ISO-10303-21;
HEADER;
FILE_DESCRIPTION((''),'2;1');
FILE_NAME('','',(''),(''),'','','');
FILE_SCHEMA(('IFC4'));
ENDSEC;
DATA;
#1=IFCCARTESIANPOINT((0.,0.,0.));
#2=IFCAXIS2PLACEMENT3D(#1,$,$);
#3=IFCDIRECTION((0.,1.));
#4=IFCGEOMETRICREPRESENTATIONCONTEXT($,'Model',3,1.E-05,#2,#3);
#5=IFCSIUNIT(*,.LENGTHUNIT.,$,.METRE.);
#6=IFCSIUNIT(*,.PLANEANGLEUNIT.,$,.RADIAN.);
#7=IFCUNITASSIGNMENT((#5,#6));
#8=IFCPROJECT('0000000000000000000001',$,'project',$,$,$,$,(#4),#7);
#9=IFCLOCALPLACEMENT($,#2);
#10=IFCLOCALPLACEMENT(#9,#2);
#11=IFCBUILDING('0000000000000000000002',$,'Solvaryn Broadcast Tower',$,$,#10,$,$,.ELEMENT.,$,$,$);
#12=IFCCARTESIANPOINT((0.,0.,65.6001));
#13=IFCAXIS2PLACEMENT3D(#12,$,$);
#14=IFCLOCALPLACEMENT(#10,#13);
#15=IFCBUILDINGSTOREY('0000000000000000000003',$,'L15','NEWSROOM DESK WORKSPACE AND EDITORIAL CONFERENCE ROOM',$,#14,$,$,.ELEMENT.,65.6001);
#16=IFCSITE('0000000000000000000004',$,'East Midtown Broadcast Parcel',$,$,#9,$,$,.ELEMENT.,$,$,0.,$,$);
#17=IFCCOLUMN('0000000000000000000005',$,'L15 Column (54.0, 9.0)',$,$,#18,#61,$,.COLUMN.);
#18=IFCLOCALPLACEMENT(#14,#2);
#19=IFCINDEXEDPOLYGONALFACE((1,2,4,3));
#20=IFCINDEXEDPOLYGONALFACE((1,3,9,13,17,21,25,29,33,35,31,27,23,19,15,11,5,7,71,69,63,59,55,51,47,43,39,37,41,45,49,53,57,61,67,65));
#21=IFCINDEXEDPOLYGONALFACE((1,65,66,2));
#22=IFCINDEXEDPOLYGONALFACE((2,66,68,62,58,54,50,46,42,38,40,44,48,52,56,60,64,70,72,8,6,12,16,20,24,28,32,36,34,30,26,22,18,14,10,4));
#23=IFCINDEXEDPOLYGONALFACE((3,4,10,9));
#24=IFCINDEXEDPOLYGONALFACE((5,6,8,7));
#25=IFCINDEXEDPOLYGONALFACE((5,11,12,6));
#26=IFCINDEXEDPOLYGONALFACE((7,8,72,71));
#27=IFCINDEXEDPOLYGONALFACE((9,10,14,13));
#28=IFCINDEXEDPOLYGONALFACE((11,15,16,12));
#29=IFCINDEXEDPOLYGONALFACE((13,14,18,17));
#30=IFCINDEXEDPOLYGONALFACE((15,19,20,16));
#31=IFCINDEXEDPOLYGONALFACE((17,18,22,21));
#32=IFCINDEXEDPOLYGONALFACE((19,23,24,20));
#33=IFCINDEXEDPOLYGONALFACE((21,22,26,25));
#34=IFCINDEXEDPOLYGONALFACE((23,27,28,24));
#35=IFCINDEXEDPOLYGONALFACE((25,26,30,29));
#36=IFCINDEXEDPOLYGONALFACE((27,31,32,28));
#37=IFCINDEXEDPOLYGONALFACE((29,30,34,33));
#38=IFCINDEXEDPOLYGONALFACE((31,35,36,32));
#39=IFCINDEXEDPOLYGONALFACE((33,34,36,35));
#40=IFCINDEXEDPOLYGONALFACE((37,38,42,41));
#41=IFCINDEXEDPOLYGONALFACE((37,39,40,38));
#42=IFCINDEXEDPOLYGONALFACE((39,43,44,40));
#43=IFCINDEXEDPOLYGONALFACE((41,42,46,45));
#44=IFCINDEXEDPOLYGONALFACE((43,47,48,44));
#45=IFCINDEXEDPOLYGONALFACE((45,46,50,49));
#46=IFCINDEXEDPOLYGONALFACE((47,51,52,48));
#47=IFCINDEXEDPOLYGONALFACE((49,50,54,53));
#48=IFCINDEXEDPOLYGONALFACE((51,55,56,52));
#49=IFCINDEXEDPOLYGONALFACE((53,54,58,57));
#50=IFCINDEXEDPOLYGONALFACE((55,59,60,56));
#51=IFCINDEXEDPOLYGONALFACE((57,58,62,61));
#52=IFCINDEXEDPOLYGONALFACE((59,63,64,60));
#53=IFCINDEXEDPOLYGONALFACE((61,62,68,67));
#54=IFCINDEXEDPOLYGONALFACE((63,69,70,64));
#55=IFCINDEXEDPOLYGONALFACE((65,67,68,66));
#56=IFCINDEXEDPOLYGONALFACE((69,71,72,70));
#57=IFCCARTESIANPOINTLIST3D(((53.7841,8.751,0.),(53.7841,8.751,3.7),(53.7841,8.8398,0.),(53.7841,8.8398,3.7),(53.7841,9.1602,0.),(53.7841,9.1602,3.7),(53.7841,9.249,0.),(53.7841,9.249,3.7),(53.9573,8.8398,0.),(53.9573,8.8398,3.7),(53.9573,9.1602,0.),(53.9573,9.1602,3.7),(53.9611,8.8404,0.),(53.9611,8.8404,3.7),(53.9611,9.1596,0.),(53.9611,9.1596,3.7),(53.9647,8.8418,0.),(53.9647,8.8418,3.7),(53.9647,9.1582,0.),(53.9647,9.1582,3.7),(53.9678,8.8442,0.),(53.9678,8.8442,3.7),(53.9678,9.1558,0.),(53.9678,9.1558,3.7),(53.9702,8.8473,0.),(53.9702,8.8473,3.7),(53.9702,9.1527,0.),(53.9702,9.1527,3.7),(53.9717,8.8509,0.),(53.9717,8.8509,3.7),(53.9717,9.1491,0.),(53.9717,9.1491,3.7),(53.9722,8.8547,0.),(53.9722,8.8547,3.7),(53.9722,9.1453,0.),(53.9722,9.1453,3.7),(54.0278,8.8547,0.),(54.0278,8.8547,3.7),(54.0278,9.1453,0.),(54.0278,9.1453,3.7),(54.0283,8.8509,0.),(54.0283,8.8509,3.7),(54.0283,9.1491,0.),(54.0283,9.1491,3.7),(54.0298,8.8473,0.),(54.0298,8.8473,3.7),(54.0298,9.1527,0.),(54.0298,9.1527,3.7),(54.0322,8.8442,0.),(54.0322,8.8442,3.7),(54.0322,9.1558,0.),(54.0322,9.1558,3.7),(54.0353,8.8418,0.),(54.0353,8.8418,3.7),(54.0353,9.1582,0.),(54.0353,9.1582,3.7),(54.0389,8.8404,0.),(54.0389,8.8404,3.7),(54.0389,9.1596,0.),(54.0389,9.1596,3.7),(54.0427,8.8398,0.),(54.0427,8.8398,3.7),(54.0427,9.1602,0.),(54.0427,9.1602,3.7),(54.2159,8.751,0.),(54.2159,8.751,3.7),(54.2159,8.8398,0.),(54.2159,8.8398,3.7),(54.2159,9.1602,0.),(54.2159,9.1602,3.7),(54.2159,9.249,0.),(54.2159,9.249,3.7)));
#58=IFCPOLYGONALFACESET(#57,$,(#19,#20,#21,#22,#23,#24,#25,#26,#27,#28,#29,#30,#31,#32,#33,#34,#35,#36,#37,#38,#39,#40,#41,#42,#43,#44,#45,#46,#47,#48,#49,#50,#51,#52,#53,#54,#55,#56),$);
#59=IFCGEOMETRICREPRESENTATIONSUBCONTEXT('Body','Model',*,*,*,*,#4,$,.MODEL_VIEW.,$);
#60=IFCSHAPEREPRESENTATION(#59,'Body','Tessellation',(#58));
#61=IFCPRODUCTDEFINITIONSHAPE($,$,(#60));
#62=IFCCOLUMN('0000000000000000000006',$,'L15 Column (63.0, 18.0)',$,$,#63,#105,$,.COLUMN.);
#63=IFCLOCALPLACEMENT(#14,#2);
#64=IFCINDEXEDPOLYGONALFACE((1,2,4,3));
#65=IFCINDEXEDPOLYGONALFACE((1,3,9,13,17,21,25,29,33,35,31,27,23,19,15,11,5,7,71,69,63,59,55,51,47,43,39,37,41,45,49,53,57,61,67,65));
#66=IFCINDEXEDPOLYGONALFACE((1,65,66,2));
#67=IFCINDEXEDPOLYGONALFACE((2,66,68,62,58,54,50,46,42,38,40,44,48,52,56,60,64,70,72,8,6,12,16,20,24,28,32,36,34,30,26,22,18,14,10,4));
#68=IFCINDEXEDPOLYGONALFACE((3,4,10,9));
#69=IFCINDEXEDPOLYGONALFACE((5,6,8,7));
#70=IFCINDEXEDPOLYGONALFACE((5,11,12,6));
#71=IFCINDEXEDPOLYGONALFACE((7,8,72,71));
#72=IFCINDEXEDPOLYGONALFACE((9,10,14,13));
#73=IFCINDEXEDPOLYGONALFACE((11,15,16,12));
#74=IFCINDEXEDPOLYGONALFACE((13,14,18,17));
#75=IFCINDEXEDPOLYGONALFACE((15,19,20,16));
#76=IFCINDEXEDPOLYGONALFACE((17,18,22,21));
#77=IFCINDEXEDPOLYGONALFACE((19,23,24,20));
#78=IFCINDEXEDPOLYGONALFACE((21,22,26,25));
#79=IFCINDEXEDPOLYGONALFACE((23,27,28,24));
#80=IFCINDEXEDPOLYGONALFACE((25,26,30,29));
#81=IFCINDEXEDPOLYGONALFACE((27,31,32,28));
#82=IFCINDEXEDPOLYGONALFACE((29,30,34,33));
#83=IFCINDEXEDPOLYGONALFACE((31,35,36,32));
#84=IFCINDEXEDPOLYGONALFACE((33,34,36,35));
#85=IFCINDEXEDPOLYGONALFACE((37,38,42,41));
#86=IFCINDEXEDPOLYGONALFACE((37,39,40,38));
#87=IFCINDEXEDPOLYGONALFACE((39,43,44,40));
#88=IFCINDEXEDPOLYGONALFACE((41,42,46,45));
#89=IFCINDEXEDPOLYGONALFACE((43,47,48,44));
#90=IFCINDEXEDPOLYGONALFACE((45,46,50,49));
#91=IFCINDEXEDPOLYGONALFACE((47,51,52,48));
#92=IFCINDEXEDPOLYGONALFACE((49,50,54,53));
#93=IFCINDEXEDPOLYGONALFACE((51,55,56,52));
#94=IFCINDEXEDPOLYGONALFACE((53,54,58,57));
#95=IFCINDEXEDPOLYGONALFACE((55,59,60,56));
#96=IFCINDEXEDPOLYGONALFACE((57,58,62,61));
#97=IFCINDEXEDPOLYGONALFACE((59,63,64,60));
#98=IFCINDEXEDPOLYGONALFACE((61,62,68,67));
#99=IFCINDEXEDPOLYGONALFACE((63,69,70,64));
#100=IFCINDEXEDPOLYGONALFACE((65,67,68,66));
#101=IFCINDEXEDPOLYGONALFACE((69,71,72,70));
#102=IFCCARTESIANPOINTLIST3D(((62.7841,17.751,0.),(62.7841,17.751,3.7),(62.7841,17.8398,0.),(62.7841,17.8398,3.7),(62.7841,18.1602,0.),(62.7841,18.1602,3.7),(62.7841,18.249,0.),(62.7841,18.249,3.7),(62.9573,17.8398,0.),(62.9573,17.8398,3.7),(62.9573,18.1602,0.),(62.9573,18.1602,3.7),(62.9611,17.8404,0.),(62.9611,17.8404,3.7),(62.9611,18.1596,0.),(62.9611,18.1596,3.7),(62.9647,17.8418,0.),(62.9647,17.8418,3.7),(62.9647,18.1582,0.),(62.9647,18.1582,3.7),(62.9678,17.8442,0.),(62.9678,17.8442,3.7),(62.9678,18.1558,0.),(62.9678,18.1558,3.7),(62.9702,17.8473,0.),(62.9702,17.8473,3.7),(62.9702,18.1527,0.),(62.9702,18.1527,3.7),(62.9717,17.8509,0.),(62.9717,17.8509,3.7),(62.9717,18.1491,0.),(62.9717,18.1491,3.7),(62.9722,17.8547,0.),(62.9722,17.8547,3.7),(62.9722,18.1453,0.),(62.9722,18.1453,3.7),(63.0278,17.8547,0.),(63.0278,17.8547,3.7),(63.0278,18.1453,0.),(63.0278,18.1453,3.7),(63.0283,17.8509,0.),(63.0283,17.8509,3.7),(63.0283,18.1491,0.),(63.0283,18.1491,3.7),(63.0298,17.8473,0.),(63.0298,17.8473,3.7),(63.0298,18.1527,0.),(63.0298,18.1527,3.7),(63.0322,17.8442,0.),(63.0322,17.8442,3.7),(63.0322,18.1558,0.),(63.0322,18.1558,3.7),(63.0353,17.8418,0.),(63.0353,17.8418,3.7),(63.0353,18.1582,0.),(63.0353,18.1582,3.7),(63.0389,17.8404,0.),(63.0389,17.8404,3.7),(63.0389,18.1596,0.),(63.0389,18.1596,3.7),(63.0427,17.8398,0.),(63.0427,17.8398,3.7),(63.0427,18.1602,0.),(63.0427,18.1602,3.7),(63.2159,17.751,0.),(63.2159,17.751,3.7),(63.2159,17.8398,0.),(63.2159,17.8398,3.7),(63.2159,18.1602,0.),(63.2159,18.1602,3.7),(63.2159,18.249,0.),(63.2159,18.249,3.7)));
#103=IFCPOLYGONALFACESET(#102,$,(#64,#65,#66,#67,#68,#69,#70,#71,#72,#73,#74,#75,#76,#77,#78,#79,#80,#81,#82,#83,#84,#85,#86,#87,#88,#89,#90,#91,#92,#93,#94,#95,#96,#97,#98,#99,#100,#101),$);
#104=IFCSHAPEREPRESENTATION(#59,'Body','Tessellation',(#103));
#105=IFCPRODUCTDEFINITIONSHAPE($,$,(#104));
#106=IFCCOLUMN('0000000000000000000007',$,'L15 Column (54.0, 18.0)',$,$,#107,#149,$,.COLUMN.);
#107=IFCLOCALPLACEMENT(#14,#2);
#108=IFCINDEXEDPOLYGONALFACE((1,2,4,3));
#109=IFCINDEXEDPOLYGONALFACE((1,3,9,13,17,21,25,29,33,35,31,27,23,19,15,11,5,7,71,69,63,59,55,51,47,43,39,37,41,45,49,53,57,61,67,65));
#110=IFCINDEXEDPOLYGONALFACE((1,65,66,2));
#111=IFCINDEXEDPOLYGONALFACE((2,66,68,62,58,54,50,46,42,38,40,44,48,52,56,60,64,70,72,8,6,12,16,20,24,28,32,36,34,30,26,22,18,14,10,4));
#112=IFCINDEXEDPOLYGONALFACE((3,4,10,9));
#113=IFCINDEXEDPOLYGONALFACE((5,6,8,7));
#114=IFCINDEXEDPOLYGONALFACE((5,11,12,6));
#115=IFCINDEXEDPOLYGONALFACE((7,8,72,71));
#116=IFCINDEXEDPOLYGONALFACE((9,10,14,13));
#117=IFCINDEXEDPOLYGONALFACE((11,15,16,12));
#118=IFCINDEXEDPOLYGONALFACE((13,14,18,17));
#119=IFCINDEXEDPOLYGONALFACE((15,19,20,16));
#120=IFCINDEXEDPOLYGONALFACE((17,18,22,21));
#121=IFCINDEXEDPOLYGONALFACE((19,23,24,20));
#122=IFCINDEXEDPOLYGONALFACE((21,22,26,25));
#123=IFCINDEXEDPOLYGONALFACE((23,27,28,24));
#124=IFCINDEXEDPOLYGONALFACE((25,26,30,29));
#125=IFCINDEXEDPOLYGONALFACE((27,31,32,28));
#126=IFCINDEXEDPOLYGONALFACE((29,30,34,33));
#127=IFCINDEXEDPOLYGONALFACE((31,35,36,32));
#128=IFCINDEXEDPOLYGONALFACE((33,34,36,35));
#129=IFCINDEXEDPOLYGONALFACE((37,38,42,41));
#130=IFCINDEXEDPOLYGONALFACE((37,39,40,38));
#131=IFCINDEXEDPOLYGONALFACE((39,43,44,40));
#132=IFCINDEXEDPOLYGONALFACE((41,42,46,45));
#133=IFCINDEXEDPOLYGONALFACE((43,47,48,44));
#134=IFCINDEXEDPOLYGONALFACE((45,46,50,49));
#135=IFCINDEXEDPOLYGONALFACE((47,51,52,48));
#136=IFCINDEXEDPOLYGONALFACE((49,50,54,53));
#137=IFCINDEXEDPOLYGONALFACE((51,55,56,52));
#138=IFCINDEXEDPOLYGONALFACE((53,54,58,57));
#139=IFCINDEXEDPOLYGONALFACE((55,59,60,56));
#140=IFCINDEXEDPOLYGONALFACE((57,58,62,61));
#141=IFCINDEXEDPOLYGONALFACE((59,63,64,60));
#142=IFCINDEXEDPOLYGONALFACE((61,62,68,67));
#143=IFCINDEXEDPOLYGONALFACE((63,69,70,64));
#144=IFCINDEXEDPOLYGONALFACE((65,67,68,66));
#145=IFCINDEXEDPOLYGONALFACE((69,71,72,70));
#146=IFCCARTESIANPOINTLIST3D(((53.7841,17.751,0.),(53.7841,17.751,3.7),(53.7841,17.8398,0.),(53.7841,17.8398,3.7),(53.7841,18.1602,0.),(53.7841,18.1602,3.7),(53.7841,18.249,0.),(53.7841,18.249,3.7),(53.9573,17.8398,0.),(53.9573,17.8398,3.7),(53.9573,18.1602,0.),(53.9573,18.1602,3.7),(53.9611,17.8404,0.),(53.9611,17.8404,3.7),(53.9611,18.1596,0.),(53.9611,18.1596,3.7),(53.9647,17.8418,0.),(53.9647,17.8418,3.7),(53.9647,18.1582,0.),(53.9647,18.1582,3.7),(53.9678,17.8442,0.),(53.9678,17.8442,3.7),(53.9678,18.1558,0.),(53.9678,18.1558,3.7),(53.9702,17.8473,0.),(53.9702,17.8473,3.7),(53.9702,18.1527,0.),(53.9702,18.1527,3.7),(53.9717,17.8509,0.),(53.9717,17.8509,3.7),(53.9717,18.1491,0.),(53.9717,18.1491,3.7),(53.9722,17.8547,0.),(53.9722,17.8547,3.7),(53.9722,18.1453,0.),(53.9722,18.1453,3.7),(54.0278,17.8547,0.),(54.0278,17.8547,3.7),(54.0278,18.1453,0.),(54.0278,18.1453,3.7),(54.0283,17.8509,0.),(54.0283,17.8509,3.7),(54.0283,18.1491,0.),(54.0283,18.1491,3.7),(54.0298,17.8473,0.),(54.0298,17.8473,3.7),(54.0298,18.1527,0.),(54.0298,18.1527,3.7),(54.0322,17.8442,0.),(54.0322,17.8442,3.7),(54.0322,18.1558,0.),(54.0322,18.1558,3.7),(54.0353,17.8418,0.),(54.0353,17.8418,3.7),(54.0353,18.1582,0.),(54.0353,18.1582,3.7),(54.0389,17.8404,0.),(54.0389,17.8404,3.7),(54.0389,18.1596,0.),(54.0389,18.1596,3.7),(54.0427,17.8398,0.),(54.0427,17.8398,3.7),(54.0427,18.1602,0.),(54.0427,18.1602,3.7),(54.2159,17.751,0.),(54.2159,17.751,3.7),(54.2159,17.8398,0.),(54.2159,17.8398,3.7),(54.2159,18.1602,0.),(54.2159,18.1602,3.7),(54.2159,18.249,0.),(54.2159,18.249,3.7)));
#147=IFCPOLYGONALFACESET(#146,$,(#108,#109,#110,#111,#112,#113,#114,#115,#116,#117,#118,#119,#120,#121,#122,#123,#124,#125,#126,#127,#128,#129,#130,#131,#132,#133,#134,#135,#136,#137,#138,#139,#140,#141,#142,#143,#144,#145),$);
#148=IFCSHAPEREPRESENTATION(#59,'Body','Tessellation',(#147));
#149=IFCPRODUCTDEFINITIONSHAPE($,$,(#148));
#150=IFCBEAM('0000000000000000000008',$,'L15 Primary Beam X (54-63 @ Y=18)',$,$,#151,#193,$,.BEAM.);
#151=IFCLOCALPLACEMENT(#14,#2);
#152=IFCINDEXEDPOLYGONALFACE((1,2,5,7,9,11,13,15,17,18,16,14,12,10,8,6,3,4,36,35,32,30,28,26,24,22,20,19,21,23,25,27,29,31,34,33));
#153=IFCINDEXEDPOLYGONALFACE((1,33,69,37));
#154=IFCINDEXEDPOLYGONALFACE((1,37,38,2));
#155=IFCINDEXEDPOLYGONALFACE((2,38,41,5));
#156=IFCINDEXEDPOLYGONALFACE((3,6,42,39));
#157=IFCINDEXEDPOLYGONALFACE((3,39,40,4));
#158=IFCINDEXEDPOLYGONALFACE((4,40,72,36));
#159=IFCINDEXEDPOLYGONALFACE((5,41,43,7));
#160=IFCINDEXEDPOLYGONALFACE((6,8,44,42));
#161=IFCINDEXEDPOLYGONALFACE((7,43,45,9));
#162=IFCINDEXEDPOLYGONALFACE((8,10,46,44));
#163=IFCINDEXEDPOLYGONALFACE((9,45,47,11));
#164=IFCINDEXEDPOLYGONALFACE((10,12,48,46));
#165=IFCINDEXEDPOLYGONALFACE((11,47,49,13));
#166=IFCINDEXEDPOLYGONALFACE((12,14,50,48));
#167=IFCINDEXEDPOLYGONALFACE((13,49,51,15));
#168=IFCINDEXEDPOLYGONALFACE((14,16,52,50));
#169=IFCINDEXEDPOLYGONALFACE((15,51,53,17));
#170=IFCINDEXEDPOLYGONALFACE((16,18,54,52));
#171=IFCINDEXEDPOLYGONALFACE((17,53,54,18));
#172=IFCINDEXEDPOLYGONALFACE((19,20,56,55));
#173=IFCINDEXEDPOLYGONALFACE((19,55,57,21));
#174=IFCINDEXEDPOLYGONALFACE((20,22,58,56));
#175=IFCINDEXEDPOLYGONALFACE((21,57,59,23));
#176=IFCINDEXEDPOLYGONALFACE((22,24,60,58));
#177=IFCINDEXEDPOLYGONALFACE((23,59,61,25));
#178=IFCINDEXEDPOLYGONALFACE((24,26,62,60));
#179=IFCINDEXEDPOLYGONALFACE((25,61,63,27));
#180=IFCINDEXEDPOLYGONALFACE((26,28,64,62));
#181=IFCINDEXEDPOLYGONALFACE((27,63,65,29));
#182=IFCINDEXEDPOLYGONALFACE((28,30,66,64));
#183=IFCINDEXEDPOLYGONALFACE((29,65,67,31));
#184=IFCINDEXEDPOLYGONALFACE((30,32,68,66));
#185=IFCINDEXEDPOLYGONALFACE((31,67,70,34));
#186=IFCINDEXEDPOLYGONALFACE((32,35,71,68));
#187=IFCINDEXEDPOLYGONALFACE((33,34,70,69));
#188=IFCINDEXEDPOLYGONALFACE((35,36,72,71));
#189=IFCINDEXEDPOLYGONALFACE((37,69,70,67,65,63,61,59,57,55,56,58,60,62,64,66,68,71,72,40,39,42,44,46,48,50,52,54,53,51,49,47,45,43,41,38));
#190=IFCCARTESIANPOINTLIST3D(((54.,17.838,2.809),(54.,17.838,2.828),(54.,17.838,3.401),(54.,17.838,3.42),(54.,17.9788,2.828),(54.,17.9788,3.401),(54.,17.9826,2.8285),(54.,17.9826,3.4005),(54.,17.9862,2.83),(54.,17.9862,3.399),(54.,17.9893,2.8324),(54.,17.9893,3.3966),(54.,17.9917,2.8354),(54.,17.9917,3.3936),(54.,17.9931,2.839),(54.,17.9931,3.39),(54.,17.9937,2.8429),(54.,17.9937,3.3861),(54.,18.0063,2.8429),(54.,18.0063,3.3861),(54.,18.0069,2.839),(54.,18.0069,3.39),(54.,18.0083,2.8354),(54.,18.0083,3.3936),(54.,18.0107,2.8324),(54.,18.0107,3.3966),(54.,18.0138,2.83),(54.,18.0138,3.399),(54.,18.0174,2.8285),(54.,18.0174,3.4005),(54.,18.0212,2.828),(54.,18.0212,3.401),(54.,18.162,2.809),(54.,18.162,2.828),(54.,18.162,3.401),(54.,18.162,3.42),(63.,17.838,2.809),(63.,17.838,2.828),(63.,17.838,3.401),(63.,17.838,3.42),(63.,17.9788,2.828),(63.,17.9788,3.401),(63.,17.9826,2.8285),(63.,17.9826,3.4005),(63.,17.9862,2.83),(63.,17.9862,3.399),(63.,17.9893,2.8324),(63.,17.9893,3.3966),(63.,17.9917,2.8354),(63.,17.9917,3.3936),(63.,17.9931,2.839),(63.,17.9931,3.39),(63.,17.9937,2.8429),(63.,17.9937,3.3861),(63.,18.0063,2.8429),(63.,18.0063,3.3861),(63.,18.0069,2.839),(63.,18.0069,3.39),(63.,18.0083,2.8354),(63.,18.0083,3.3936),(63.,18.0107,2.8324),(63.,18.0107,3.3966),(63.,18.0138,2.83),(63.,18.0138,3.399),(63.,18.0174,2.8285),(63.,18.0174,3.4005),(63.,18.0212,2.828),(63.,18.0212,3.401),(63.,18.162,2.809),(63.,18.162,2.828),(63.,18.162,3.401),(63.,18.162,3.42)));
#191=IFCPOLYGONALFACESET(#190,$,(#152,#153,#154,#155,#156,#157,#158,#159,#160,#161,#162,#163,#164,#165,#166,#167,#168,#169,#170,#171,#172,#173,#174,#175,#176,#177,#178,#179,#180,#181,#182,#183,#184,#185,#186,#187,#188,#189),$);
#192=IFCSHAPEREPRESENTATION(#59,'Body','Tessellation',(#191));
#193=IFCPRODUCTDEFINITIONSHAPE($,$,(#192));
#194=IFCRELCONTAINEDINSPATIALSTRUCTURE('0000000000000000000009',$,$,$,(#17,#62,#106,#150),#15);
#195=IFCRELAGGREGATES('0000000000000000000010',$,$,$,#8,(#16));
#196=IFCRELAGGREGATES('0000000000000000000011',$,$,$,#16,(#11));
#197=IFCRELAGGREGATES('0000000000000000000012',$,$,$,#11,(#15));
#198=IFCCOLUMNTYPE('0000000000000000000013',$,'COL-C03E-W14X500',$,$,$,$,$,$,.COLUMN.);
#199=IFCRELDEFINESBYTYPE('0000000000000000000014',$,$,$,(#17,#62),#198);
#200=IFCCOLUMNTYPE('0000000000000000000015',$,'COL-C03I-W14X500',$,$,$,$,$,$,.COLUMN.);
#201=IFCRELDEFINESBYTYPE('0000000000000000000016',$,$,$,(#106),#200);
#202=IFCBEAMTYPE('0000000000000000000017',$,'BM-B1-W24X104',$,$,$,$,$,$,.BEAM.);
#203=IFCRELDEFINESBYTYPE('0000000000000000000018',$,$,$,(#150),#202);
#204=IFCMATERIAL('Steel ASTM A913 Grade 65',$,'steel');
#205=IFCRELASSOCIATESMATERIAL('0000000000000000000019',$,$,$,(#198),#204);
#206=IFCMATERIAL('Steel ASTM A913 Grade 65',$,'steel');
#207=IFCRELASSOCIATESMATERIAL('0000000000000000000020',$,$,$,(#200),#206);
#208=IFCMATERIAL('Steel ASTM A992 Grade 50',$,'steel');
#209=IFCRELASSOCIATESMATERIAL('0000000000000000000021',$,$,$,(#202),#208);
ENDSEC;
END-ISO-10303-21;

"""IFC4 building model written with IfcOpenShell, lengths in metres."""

from ifc_helpers import new_model, si_unit, direction, frame, origin, origin_2d, place, context, subcontext, project, spatial, i_section, extrude, material, material_profile, profile_set, type_object, element, save


model = new_model("IFC4")

# Units and contexts
model_context = context("Model", 3, precision=1e-05, world=origin(), true_north=direction((0.0, 1.0)))
body_context = subcontext(model_context, "Body", "Model", "MODEL_VIEW")
ifc_project = project(units=[si_unit("LENGTHUNIT", "METRE"), si_unit("PLANEANGLEUNIT", "RADIAN")], contexts=[model_context])

# Site, building, storey
site_placement = place(None, origin())
site = spatial("IfcSite", under=ifc_project, at=site_placement, Name="East Midtown Broadcast Parcel", CompositionType="ELEMENT", RefElevation=0.0)
building_placement = place(site_placement, origin())
building = spatial("IfcBuilding", under=site, at=building_placement, Name="Solvaryn Broadcast Tower", CompositionType="ELEMENT")
storey_placement = place(building_placement, frame((0.0, 0.0, 65.6001)))
storey = spatial("IfcBuildingStorey", under=building, at=storey_placement, Name="L15", Description="NEWSROOM DESK WORKSPACE AND EDITORIAL CONFERENCE ROOM", CompositionType="ELEMENT", Elevation=65.6001)

# Columns
ifc_material_1 = material(Name="Steel ASTM A913 Grade 65", Category="steel")
ifc_material_profile_1 = material_profile(ifc_material_1, i_section(OverallWidth=0.4319, OverallDepth=0.498, WebThickness=0.0557, FlangeThickness=0.0889, FilletRadius=0.0149, at=origin_2d()))
ifc_profile_set_1 = profile_set([ifc_material_profile_1], Name="Steel ASTM A913 Grade 65")
column_type_1 = type_object("IfcColumnType", Name="COL-C03E-W14X500", PredefinedType="COLUMN", material=ifc_profile_set_1)
for number, where, z_axis, x_axis, name in (
    (1, (54.0, 9.0, 0.0), (0.0, 0.0, 1.0), (1.0, 0.0, 0.0), "L15 Column (54.0, 9.0)"),
    (2, (63.0, 18.0, 0.0), (0.0, 0.0, 1.0), (1.0, 0.0, 0.0), "L15 Column (63.0, 18.0)"),
):
    element("IfcColumn", number, at=place(storey_placement, frame(where, z_axis=z_axis, x_axis=x_axis)), inside=storey, type_object=column_type_1, Name=name, PredefinedType="COLUMN", context=body_context, shape_type="SweptSolid", body=[
        extrude(i_section(OverallWidth=0.4319, OverallDepth=0.498, WebThickness=0.0557, FlangeThickness=0.0889, FilletRadius=0.0149, at=origin_2d()), origin(), (0.0, 0.0, 1.0), 3.7),
    ])
ifc_material_2 = material(Name="Steel ASTM A913 Grade 65", Category="steel")
ifc_material_profile_2 = material_profile(ifc_material_2, i_section(OverallWidth=0.4319, OverallDepth=0.498, WebThickness=0.0557, FlangeThickness=0.0889, FilletRadius=0.0149, at=origin_2d()))
ifc_profile_set_2 = profile_set([ifc_material_profile_2], Name="Steel ASTM A913 Grade 65")
column_type_2 = type_object("IfcColumnType", Name="COL-C03I-W14X500", PredefinedType="COLUMN", material=ifc_profile_set_2)
column_placement = place(storey_placement, frame((54.0, 18.0, 0.0), z_axis=(0.0, 0.0, 1.0), x_axis=(1.0, 0.0, 0.0)))
element("IfcColumn", 3, at=column_placement, inside=storey, type_object=column_type_2, Name="L15 Column (54.0, 18.0)", PredefinedType="COLUMN", context=body_context, shape_type="SweptSolid", body=[
    extrude(i_section(OverallWidth=0.4319, OverallDepth=0.498, WebThickness=0.0557, FlangeThickness=0.0889, FilletRadius=0.0149, at=origin_2d()), origin(), (0.0, 0.0, 1.0), 3.7),
])

# Beam
ifc_material_3 = material(Name="Steel ASTM A992 Grade 50", Category="steel")
ifc_material_profile_3 = material_profile(ifc_material_3, i_section(OverallWidth=0.324, OverallDepth=0.6111, WebThickness=0.0127, FlangeThickness=0.019, FilletRadius=0.0149, at=origin_2d()))
ifc_profile_set_3 = profile_set([ifc_material_profile_3], Name="Steel ASTM A992 Grade 50")
beam_type = type_object("IfcBeamType", Name="BM-B1-W24X104", PredefinedType="BEAM", material=ifc_profile_set_3)
beam_placement = place(storey_placement, frame((54.0, 18.0, 3.1145), z_axis=(1.0, 0.0, 0.0), x_axis=(0.0, 1.0, 0.0)))
element("IfcBeam", 4, at=beam_placement, inside=storey, type_object=beam_type, Name="L15 Primary Beam X (54-63 @ Y=18)", PredefinedType="BEAM", context=body_context, shape_type="SweptSolid", body=[
    extrude(i_section(OverallWidth=0.324, OverallDepth=0.6111, WebThickness=0.0127, FlangeThickness=0.019, FilletRadius=0.0149, at=origin_2d()), origin(), (0.0, 0.0, 1.0), 9.0),
])

save(model, "model.ifc")
